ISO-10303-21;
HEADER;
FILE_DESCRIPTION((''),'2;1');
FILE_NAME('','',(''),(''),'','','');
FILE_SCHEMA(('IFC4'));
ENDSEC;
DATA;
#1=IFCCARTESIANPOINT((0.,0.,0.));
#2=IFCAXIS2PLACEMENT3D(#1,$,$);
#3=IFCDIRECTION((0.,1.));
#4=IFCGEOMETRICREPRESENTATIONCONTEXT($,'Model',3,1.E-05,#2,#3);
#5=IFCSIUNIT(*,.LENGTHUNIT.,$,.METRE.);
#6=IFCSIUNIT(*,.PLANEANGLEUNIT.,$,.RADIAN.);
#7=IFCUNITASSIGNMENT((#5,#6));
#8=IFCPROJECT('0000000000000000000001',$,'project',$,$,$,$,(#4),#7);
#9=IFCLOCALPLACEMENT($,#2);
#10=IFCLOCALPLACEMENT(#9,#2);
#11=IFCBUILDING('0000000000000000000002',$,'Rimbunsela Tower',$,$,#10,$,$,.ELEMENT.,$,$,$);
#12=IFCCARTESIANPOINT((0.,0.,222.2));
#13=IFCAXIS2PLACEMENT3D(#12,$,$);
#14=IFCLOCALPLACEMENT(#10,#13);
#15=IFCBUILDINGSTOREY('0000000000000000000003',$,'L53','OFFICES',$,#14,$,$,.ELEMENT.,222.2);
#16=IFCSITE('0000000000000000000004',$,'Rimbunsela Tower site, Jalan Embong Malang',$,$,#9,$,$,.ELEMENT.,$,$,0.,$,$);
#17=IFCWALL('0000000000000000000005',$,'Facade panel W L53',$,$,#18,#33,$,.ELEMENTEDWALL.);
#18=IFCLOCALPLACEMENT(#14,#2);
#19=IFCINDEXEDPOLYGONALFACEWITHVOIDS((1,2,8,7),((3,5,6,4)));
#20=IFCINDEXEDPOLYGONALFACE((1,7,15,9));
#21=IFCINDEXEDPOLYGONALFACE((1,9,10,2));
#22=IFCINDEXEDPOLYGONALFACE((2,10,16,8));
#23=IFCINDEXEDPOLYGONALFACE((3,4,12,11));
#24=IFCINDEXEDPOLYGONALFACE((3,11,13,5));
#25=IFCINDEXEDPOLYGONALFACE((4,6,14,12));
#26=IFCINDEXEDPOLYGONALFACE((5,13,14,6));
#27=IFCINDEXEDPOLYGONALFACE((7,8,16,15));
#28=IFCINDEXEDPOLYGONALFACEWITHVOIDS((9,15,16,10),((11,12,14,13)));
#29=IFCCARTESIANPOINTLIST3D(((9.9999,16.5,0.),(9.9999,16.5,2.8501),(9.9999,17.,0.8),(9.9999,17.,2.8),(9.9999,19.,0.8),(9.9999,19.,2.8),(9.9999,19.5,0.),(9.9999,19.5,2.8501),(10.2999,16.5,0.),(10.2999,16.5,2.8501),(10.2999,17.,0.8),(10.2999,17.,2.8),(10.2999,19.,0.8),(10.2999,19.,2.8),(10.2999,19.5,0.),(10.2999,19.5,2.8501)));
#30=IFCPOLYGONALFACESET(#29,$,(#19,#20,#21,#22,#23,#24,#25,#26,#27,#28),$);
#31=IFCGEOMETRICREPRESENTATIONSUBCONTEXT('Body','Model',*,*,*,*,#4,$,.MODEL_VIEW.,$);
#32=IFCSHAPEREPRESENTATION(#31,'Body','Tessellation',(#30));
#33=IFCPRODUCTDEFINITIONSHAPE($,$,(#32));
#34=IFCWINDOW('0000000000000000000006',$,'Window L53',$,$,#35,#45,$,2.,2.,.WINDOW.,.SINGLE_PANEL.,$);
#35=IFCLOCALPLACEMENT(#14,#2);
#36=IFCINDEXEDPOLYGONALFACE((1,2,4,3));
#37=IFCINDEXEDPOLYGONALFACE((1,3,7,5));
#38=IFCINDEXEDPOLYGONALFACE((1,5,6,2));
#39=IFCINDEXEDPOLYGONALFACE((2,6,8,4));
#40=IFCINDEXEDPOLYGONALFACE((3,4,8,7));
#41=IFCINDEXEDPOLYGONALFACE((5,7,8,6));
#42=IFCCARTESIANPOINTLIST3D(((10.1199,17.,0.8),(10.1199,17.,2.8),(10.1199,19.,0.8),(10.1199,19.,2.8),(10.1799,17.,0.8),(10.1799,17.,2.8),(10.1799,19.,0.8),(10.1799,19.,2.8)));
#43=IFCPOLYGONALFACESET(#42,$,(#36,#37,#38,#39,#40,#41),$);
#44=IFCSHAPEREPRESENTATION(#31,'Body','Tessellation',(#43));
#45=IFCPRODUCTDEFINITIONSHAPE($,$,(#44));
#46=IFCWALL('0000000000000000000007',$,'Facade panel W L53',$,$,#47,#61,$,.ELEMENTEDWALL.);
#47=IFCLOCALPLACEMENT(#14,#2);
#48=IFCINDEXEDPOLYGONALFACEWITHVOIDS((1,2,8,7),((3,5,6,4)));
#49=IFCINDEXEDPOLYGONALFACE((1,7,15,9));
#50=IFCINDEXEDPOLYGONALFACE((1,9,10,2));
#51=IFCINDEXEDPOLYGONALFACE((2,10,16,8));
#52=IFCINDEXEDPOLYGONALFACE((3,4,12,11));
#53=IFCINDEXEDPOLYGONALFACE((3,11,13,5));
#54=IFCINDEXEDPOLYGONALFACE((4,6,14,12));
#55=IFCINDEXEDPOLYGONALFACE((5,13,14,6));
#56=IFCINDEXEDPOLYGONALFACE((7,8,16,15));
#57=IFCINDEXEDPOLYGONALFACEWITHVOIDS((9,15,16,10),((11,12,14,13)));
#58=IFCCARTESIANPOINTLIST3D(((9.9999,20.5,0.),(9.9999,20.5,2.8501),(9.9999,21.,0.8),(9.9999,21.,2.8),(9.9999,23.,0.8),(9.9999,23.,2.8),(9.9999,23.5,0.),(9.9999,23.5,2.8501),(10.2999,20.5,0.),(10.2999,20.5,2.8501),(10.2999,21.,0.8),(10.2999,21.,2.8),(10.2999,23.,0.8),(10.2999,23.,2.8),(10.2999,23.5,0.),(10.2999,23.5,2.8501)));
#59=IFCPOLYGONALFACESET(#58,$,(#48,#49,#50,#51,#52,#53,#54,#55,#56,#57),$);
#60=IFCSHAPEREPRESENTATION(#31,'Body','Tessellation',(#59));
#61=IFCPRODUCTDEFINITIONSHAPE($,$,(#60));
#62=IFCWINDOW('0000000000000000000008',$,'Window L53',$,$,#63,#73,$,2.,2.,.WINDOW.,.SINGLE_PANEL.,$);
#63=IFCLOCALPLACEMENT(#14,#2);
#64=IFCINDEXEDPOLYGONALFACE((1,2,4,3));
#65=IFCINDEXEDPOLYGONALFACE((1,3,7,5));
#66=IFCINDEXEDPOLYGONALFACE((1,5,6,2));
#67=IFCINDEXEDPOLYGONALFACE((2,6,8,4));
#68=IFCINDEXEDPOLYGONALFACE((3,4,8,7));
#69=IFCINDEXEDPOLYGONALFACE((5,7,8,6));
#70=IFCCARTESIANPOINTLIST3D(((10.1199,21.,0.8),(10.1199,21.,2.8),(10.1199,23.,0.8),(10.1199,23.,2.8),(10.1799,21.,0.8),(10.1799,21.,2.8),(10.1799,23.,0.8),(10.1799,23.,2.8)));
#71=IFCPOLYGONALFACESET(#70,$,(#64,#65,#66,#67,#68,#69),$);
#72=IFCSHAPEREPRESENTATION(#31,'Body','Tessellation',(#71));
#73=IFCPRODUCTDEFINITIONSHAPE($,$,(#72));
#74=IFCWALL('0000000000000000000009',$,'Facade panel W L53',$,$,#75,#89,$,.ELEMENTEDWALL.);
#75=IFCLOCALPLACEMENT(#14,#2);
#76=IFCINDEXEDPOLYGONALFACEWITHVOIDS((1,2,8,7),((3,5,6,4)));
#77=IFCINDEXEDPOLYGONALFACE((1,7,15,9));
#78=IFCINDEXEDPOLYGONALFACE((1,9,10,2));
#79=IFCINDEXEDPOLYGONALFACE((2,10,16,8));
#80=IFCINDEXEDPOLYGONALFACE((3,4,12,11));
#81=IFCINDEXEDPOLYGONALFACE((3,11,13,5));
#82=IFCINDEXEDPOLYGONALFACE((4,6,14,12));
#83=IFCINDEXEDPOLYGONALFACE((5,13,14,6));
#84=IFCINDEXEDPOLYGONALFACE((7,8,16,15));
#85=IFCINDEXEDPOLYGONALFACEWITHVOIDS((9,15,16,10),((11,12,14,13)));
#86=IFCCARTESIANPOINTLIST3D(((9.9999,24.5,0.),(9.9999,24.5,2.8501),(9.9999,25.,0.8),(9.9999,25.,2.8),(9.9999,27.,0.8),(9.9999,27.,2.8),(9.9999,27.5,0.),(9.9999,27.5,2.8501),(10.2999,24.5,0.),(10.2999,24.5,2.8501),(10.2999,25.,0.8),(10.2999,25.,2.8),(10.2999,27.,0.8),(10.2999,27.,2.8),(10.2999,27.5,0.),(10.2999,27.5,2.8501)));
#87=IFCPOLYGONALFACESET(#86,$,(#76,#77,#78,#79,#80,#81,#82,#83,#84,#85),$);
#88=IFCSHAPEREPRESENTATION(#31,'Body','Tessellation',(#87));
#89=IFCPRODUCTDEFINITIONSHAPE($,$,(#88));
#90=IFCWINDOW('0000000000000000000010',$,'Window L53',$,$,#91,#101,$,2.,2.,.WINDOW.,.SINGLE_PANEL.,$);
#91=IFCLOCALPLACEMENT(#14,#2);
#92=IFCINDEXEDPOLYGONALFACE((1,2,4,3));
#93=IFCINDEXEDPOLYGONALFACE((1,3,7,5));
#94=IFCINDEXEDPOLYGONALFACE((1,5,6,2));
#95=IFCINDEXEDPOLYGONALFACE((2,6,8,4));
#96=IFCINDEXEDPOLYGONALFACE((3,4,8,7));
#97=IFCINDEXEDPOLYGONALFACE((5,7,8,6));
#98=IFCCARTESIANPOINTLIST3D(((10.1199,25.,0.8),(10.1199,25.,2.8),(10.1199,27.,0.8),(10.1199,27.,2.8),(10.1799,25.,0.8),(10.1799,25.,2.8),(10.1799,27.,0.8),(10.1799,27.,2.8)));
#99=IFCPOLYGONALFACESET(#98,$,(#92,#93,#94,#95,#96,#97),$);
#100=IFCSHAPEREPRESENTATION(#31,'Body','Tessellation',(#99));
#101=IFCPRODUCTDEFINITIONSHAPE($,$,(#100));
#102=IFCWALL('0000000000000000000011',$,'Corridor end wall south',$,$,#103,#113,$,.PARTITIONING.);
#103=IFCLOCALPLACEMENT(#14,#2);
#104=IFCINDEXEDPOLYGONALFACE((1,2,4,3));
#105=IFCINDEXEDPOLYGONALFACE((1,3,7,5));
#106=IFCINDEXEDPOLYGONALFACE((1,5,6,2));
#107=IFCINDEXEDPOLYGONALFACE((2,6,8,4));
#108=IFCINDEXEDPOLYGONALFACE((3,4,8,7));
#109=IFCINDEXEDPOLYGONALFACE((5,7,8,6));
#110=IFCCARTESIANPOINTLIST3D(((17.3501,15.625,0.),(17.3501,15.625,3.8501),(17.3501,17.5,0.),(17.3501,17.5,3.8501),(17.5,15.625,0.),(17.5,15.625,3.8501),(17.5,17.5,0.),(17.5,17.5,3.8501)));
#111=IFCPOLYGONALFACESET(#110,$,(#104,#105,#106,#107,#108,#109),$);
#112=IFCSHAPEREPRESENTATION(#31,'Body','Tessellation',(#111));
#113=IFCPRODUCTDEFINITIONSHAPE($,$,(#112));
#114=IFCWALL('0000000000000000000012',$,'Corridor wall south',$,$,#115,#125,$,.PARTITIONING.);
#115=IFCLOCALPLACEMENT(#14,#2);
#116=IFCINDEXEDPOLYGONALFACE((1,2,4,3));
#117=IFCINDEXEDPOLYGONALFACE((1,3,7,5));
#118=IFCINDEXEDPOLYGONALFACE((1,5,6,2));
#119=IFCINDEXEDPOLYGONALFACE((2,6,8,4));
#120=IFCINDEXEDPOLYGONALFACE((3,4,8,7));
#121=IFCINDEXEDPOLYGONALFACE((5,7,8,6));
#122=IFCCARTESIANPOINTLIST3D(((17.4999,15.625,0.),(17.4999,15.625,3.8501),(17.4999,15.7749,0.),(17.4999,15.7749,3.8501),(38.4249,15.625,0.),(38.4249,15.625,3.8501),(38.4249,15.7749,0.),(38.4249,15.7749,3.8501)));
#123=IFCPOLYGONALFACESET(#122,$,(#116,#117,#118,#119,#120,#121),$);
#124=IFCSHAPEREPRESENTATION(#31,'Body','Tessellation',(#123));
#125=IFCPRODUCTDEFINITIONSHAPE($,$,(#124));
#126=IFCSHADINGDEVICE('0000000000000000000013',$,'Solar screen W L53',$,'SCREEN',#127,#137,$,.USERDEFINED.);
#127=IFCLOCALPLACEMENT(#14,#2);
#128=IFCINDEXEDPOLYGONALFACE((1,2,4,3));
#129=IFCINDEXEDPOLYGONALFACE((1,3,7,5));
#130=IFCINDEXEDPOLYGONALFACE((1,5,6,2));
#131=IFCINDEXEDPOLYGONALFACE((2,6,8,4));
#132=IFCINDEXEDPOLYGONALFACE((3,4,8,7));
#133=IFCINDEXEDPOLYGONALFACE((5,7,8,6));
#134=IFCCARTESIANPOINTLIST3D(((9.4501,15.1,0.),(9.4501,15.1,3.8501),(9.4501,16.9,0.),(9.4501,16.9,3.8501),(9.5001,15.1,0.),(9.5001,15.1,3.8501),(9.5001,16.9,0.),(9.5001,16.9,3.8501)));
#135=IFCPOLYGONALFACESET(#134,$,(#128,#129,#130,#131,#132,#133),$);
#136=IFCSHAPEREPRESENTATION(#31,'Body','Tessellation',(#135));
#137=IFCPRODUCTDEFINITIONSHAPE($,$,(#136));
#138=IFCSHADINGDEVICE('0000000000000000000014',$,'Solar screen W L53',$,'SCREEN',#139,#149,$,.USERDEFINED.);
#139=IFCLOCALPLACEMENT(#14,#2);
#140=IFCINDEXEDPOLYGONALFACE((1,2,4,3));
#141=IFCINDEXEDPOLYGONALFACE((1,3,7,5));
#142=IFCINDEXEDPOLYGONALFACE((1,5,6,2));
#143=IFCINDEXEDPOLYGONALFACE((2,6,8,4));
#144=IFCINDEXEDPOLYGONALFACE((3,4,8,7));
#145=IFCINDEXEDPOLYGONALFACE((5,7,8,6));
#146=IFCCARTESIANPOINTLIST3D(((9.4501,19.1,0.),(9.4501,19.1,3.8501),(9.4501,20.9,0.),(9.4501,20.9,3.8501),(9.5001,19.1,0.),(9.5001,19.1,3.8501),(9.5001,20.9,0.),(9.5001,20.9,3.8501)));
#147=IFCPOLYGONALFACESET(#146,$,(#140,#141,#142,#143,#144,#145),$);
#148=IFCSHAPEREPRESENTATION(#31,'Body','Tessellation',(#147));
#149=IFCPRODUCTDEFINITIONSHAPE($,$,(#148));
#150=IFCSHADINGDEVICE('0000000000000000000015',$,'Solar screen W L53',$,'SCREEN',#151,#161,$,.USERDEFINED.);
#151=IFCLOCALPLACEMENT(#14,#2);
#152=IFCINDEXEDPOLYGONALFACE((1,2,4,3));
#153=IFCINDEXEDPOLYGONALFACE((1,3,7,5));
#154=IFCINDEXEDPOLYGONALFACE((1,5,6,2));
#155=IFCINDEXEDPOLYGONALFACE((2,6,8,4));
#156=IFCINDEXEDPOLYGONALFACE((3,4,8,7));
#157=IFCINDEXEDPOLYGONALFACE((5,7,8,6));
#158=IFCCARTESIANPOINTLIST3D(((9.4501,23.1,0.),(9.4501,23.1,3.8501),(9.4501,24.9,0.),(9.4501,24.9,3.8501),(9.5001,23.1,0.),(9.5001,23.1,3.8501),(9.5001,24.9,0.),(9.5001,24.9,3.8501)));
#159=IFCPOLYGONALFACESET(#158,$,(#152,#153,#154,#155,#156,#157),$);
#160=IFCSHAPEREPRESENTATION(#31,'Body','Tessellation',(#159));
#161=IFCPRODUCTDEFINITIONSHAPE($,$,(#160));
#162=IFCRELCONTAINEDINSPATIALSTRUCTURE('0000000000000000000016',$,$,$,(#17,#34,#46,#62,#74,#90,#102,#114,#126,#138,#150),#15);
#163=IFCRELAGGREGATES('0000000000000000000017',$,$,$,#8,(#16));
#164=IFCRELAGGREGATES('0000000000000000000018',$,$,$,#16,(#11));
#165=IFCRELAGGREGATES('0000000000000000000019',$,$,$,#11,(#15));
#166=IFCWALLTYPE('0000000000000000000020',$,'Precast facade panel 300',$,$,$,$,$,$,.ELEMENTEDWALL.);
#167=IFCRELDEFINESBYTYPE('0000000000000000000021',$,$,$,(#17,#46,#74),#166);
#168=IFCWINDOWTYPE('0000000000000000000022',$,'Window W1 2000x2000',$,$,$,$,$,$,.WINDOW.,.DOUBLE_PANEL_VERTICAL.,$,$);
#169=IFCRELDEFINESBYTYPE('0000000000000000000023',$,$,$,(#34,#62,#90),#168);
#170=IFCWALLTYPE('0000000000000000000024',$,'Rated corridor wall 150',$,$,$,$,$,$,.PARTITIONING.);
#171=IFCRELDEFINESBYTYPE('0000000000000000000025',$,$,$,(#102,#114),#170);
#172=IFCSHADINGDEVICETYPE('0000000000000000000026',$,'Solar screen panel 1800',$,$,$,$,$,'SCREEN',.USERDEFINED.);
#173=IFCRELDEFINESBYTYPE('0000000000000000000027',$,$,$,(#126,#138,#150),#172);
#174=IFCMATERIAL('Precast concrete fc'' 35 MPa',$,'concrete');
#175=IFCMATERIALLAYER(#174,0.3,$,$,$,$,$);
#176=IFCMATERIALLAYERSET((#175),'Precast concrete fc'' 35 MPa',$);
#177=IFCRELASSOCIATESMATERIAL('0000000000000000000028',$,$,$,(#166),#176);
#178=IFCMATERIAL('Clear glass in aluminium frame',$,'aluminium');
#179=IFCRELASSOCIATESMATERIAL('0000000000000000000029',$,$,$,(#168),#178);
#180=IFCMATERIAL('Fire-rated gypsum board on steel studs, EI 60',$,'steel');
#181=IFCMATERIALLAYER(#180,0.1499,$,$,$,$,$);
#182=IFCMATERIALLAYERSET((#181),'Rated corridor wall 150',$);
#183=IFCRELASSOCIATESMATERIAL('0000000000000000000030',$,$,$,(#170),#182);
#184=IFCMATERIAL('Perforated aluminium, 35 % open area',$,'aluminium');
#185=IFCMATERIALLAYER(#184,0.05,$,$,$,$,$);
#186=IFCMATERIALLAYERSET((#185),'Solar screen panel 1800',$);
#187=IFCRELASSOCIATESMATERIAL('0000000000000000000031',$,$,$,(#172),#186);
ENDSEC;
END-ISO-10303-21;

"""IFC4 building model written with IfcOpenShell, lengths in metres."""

from ifc_helpers import new_model, si_unit, direction, frame, frame_2d, origin, origin_2d, place, context, subcontext, project, spatial, rectangle, extrude, material, layer, layer_set, type_object, element, fill, save


model = new_model("IFC4")

# Units and contexts
model_context = context("Model", 3, precision=1e-05, world=origin(), true_north=direction((0.0, 1.0)))
body_context = subcontext(model_context, "Body", "Model", "MODEL_VIEW")
ifc_project = project(units=[si_unit("LENGTHUNIT", "METRE"), si_unit("PLANEANGLEUNIT", "RADIAN")], contexts=[model_context])

# Site, building, storey
site_placement = place(None, origin())
site = spatial("IfcSite", under=ifc_project, at=site_placement, Name="Rimbunsela Tower site, Jalan Embong Malang", CompositionType="ELEMENT", RefElevation=0.0)
building_placement = place(site_placement, origin())
building = spatial("IfcBuilding", under=site, at=building_placement, Name="Rimbunsela Tower", CompositionType="ELEMENT")
storey_placement = place(building_placement, frame((0.0, 0.0, 222.2)))
storey = spatial("IfcBuildingStorey", under=building, at=storey_placement, Name="L53", Description="OFFICES", CompositionType="ELEMENT", Elevation=222.2)

# Walls, openings, windows
ifc_material_1 = material(Name="Precast concrete fc' 35 MPa", Category="concrete")
ifc_layer_1 = layer(ifc_material_1, 0.3)
ifc_layer_set_1 = layer_set([ifc_layer_1], Name="Precast concrete fc' 35 MPa")
wall_type_1 = type_object("IfcWallType", Name="Precast facade panel 300", PredefinedType="ELEMENTEDWALL", material=ifc_layer_set_1)
wall_1_placement = place(storey_placement, frame((10.1499, 19.5, 0.0), z_axis=(0.0, 0.0, 1.0), x_axis=(0.0, -1.0, 0.0)))
wall_1 = element("IfcWall", 1, at=wall_1_placement, inside=storey, type_object=wall_type_1, Name="Facade panel W L53", PredefinedType="ELEMENTEDWALL", context=body_context, shape_type="SweptSolid", body=[
    extrude(rectangle(XDim=3.0, YDim=0.3, at=frame_2d((1.5, 0.0))), origin(), (0.0, 0.0, 1.0), 2.8501),
])
opening_1_placement = place(wall_1_placement, frame((0.5, 0.0, 0.8)))
opening_1 = element("IfcOpeningElement", 2, at=opening_1_placement, cuts=wall_1, PredefinedType="OPENING", context=body_context, shape_type="SweptSolid", body=[
    extrude(rectangle(XDim=2.0, YDim=2.0, at=frame_2d((1.0, 1.0))), frame((0.0, 0.1599, 0.0), z_axis=(0.0, -1.0, 0.0), x_axis=(1.0, 0.0, 0.0)), (0.0, 0.0, 1.0), 0.3201),
])
ifc_material_2 = material(Name="Clear glass in aluminium frame", Category="aluminium")
window_type = type_object("IfcWindowType", Name="Window W1 2000x2000", PartitioningType="DOUBLE_PANEL_VERTICAL", PredefinedType="WINDOW", material=ifc_material_2)
window_1_placement = place(opening_1_placement, origin())
window_1 = element("IfcWindow", 3, at=window_1_placement, inside=storey, type_object=window_type, Name="Window L53", OverallHeight=2.0, OverallWidth=2.0, PartitioningType="SINGLE_PANEL", PredefinedType="WINDOW", context=body_context, shape_type="SweptSolid", body=[
    extrude(rectangle(XDim=2.0, YDim=2.0, at=frame_2d((1.0, 1.0))), frame((0.0, 0.03, 0.0), z_axis=(0.0, -1.0, 0.0), x_axis=(1.0, 0.0, 0.0)), (0.0, 0.0, 1.0), 0.0601),
])
fill(opening_1, window_1)
wall_2_placement = place(storey_placement, frame((10.1499, 23.5, 0.0), z_axis=(0.0, 0.0, 1.0), x_axis=(0.0, -1.0, 0.0)))
wall_2 = element("IfcWall", 4, at=wall_2_placement, inside=storey, type_object=wall_type_1, Name="Facade panel W L53", PredefinedType="ELEMENTEDWALL", context=body_context, shape_type="SweptSolid", body=[
    extrude(rectangle(XDim=3.0, YDim=0.3, at=frame_2d((1.5, 0.0))), origin(), (0.0, 0.0, 1.0), 2.8501),
])
opening_2_placement = place(wall_2_placement, frame((0.5, 0.0, 0.8)))
opening_2 = element("IfcOpeningElement", 5, at=opening_2_placement, cuts=wall_2, PredefinedType="OPENING", context=body_context, shape_type="SweptSolid", body=[
    extrude(rectangle(XDim=2.0, YDim=2.0, at=frame_2d((1.0, 1.0))), frame((0.0, 0.1599, 0.0), z_axis=(0.0, -1.0, 0.0), x_axis=(1.0, 0.0, 0.0)), (0.0, 0.0, 1.0), 0.3201),
])
window_2_placement = place(opening_2_placement, origin())
window_2 = element("IfcWindow", 6, at=window_2_placement, inside=storey, type_object=window_type, Name="Window L53", OverallHeight=2.0, OverallWidth=2.0, PartitioningType="SINGLE_PANEL", PredefinedType="WINDOW", context=body_context, shape_type="SweptSolid", body=[
    extrude(rectangle(XDim=2.0, YDim=2.0, at=frame_2d((1.0, 1.0))), frame((0.0, 0.03, 0.0), z_axis=(0.0, -1.0, 0.0), x_axis=(1.0, 0.0, 0.0)), (0.0, 0.0, 1.0), 0.0601),
])
fill(opening_2, window_2)
wall_3_placement = place(storey_placement, frame((10.1499, 27.5, 0.0), z_axis=(0.0, 0.0, 1.0), x_axis=(0.0, -1.0, 0.0)))
wall_3 = element("IfcWall", 7, at=wall_3_placement, inside=storey, type_object=wall_type_1, Name="Facade panel W L53", PredefinedType="ELEMENTEDWALL", context=body_context, shape_type="SweptSolid", body=[
    extrude(rectangle(XDim=3.0, YDim=0.3, at=frame_2d((1.5, 0.0))), origin(), (0.0, 0.0, 1.0), 2.8501),
])
opening_3_placement = place(wall_3_placement, frame((0.5, 0.0, 0.8)))
opening_3 = element("IfcOpeningElement", 8, at=opening_3_placement, cuts=wall_3, PredefinedType="OPENING", context=body_context, shape_type="SweptSolid", body=[
    extrude(rectangle(XDim=2.0, YDim=2.0, at=frame_2d((1.0, 1.0))), frame((0.0, 0.1599, 0.0), z_axis=(0.0, -1.0, 0.0), x_axis=(1.0, 0.0, 0.0)), (0.0, 0.0, 1.0), 0.3201),
])
window_3_placement = place(opening_3_placement, origin())
window_3 = element("IfcWindow", 9, at=window_3_placement, inside=storey, type_object=window_type, Name="Window L53", OverallHeight=2.0, OverallWidth=2.0, PartitioningType="SINGLE_PANEL", PredefinedType="WINDOW", context=body_context, shape_type="SweptSolid", body=[
    extrude(rectangle(XDim=2.0, YDim=2.0, at=frame_2d((1.0, 1.0))), frame((0.0, 0.03, 0.0), z_axis=(0.0, -1.0, 0.0), x_axis=(1.0, 0.0, 0.0)), (0.0, 0.0, 1.0), 0.0601),
])
fill(opening_3, window_3)

# Walls
ifc_material_3 = material(Name="Fire-rated gypsum board on steel studs, EI 60", Category="steel")
ifc_layer_2 = layer(ifc_material_3, 0.1499)
ifc_layer_set_2 = layer_set([ifc_layer_2], Name="Rated corridor wall 150")
wall_type_2 = type_object("IfcWallType", Name="Rated corridor wall 150", PredefinedType="PARTITIONING", material=ifc_layer_set_2)
wall_4_placement = place(storey_placement, frame((17.425, 15.625, 0.0), z_axis=(0.0, 0.0, 1.0), x_axis=(0.0, 1.0, 0.0)))
element("IfcWall", 10, at=wall_4_placement, inside=storey, type_object=wall_type_2, Name="Corridor end wall south", PredefinedType="PARTITIONING", context=body_context, shape_type="SweptSolid", body=[
    extrude(rectangle(XDim=1.875, YDim=0.1499, at=frame_2d((0.9375, 0.0))), origin(), (0.0, 0.0, 1.0), 3.8501),
])
wall_5_placement = place(storey_placement, frame((17.5, 15.7, 0.0), z_axis=(0.0, 0.0, 1.0), x_axis=(1.0, 0.0, 0.0)))
element("IfcWall", 11, at=wall_5_placement, inside=storey, type_object=wall_type_2, Name="Corridor wall south", PredefinedType="PARTITIONING", context=body_context, shape_type="SweptSolid", body=[
    extrude(rectangle(XDim=20.925, YDim=0.1499, at=frame_2d((10.4624, 0.0))), origin(), (0.0, 0.0, 1.0), 3.8501),
])

# Shading devices
ifc_material_4 = material(Name="Perforated aluminium, 35 % open area", Category="aluminium")
ifc_layer_3 = layer(ifc_material_4, 0.05)
ifc_layer_set_3 = layer_set([ifc_layer_3], Name="Solar screen panel 1800")
shading_device_type = type_object("IfcShadingDeviceType", Name="Solar screen panel 1800", ElementType="SCREEN", PredefinedType="USERDEFINED", material=ifc_layer_set_3)
for number, where, z_axis, x_axis, name in (
    (12, (9.4751, 16.0, 0.0), (0.0, 0.0, 1.0), (0.0, 1.0, 0.0), "Solar screen W L53"),
    (13, (9.4751, 20.0, 0.0), (0.0, 0.0, 1.0), (0.0, 1.0, 0.0), "Solar screen W L53"),
    (14, (9.4751, 24.0, 0.0), (0.0, 0.0, 1.0), (0.0, 1.0, 0.0), "Solar screen W L53"),
):
    element("IfcShadingDevice", number, at=place(storey_placement, frame(where, z_axis=z_axis, x_axis=x_axis)), inside=storey, type_object=shading_device_type, Name=name, ObjectType="SCREEN", PredefinedType="USERDEFINED", context=body_context, shape_type="SweptSolid", body=[
        extrude(rectangle(XDim=1.8, YDim=0.05, at=origin_2d()), origin(), (0.0, 0.0, 1.0), 3.8501),
    ])

save(model, "model.ifc")
